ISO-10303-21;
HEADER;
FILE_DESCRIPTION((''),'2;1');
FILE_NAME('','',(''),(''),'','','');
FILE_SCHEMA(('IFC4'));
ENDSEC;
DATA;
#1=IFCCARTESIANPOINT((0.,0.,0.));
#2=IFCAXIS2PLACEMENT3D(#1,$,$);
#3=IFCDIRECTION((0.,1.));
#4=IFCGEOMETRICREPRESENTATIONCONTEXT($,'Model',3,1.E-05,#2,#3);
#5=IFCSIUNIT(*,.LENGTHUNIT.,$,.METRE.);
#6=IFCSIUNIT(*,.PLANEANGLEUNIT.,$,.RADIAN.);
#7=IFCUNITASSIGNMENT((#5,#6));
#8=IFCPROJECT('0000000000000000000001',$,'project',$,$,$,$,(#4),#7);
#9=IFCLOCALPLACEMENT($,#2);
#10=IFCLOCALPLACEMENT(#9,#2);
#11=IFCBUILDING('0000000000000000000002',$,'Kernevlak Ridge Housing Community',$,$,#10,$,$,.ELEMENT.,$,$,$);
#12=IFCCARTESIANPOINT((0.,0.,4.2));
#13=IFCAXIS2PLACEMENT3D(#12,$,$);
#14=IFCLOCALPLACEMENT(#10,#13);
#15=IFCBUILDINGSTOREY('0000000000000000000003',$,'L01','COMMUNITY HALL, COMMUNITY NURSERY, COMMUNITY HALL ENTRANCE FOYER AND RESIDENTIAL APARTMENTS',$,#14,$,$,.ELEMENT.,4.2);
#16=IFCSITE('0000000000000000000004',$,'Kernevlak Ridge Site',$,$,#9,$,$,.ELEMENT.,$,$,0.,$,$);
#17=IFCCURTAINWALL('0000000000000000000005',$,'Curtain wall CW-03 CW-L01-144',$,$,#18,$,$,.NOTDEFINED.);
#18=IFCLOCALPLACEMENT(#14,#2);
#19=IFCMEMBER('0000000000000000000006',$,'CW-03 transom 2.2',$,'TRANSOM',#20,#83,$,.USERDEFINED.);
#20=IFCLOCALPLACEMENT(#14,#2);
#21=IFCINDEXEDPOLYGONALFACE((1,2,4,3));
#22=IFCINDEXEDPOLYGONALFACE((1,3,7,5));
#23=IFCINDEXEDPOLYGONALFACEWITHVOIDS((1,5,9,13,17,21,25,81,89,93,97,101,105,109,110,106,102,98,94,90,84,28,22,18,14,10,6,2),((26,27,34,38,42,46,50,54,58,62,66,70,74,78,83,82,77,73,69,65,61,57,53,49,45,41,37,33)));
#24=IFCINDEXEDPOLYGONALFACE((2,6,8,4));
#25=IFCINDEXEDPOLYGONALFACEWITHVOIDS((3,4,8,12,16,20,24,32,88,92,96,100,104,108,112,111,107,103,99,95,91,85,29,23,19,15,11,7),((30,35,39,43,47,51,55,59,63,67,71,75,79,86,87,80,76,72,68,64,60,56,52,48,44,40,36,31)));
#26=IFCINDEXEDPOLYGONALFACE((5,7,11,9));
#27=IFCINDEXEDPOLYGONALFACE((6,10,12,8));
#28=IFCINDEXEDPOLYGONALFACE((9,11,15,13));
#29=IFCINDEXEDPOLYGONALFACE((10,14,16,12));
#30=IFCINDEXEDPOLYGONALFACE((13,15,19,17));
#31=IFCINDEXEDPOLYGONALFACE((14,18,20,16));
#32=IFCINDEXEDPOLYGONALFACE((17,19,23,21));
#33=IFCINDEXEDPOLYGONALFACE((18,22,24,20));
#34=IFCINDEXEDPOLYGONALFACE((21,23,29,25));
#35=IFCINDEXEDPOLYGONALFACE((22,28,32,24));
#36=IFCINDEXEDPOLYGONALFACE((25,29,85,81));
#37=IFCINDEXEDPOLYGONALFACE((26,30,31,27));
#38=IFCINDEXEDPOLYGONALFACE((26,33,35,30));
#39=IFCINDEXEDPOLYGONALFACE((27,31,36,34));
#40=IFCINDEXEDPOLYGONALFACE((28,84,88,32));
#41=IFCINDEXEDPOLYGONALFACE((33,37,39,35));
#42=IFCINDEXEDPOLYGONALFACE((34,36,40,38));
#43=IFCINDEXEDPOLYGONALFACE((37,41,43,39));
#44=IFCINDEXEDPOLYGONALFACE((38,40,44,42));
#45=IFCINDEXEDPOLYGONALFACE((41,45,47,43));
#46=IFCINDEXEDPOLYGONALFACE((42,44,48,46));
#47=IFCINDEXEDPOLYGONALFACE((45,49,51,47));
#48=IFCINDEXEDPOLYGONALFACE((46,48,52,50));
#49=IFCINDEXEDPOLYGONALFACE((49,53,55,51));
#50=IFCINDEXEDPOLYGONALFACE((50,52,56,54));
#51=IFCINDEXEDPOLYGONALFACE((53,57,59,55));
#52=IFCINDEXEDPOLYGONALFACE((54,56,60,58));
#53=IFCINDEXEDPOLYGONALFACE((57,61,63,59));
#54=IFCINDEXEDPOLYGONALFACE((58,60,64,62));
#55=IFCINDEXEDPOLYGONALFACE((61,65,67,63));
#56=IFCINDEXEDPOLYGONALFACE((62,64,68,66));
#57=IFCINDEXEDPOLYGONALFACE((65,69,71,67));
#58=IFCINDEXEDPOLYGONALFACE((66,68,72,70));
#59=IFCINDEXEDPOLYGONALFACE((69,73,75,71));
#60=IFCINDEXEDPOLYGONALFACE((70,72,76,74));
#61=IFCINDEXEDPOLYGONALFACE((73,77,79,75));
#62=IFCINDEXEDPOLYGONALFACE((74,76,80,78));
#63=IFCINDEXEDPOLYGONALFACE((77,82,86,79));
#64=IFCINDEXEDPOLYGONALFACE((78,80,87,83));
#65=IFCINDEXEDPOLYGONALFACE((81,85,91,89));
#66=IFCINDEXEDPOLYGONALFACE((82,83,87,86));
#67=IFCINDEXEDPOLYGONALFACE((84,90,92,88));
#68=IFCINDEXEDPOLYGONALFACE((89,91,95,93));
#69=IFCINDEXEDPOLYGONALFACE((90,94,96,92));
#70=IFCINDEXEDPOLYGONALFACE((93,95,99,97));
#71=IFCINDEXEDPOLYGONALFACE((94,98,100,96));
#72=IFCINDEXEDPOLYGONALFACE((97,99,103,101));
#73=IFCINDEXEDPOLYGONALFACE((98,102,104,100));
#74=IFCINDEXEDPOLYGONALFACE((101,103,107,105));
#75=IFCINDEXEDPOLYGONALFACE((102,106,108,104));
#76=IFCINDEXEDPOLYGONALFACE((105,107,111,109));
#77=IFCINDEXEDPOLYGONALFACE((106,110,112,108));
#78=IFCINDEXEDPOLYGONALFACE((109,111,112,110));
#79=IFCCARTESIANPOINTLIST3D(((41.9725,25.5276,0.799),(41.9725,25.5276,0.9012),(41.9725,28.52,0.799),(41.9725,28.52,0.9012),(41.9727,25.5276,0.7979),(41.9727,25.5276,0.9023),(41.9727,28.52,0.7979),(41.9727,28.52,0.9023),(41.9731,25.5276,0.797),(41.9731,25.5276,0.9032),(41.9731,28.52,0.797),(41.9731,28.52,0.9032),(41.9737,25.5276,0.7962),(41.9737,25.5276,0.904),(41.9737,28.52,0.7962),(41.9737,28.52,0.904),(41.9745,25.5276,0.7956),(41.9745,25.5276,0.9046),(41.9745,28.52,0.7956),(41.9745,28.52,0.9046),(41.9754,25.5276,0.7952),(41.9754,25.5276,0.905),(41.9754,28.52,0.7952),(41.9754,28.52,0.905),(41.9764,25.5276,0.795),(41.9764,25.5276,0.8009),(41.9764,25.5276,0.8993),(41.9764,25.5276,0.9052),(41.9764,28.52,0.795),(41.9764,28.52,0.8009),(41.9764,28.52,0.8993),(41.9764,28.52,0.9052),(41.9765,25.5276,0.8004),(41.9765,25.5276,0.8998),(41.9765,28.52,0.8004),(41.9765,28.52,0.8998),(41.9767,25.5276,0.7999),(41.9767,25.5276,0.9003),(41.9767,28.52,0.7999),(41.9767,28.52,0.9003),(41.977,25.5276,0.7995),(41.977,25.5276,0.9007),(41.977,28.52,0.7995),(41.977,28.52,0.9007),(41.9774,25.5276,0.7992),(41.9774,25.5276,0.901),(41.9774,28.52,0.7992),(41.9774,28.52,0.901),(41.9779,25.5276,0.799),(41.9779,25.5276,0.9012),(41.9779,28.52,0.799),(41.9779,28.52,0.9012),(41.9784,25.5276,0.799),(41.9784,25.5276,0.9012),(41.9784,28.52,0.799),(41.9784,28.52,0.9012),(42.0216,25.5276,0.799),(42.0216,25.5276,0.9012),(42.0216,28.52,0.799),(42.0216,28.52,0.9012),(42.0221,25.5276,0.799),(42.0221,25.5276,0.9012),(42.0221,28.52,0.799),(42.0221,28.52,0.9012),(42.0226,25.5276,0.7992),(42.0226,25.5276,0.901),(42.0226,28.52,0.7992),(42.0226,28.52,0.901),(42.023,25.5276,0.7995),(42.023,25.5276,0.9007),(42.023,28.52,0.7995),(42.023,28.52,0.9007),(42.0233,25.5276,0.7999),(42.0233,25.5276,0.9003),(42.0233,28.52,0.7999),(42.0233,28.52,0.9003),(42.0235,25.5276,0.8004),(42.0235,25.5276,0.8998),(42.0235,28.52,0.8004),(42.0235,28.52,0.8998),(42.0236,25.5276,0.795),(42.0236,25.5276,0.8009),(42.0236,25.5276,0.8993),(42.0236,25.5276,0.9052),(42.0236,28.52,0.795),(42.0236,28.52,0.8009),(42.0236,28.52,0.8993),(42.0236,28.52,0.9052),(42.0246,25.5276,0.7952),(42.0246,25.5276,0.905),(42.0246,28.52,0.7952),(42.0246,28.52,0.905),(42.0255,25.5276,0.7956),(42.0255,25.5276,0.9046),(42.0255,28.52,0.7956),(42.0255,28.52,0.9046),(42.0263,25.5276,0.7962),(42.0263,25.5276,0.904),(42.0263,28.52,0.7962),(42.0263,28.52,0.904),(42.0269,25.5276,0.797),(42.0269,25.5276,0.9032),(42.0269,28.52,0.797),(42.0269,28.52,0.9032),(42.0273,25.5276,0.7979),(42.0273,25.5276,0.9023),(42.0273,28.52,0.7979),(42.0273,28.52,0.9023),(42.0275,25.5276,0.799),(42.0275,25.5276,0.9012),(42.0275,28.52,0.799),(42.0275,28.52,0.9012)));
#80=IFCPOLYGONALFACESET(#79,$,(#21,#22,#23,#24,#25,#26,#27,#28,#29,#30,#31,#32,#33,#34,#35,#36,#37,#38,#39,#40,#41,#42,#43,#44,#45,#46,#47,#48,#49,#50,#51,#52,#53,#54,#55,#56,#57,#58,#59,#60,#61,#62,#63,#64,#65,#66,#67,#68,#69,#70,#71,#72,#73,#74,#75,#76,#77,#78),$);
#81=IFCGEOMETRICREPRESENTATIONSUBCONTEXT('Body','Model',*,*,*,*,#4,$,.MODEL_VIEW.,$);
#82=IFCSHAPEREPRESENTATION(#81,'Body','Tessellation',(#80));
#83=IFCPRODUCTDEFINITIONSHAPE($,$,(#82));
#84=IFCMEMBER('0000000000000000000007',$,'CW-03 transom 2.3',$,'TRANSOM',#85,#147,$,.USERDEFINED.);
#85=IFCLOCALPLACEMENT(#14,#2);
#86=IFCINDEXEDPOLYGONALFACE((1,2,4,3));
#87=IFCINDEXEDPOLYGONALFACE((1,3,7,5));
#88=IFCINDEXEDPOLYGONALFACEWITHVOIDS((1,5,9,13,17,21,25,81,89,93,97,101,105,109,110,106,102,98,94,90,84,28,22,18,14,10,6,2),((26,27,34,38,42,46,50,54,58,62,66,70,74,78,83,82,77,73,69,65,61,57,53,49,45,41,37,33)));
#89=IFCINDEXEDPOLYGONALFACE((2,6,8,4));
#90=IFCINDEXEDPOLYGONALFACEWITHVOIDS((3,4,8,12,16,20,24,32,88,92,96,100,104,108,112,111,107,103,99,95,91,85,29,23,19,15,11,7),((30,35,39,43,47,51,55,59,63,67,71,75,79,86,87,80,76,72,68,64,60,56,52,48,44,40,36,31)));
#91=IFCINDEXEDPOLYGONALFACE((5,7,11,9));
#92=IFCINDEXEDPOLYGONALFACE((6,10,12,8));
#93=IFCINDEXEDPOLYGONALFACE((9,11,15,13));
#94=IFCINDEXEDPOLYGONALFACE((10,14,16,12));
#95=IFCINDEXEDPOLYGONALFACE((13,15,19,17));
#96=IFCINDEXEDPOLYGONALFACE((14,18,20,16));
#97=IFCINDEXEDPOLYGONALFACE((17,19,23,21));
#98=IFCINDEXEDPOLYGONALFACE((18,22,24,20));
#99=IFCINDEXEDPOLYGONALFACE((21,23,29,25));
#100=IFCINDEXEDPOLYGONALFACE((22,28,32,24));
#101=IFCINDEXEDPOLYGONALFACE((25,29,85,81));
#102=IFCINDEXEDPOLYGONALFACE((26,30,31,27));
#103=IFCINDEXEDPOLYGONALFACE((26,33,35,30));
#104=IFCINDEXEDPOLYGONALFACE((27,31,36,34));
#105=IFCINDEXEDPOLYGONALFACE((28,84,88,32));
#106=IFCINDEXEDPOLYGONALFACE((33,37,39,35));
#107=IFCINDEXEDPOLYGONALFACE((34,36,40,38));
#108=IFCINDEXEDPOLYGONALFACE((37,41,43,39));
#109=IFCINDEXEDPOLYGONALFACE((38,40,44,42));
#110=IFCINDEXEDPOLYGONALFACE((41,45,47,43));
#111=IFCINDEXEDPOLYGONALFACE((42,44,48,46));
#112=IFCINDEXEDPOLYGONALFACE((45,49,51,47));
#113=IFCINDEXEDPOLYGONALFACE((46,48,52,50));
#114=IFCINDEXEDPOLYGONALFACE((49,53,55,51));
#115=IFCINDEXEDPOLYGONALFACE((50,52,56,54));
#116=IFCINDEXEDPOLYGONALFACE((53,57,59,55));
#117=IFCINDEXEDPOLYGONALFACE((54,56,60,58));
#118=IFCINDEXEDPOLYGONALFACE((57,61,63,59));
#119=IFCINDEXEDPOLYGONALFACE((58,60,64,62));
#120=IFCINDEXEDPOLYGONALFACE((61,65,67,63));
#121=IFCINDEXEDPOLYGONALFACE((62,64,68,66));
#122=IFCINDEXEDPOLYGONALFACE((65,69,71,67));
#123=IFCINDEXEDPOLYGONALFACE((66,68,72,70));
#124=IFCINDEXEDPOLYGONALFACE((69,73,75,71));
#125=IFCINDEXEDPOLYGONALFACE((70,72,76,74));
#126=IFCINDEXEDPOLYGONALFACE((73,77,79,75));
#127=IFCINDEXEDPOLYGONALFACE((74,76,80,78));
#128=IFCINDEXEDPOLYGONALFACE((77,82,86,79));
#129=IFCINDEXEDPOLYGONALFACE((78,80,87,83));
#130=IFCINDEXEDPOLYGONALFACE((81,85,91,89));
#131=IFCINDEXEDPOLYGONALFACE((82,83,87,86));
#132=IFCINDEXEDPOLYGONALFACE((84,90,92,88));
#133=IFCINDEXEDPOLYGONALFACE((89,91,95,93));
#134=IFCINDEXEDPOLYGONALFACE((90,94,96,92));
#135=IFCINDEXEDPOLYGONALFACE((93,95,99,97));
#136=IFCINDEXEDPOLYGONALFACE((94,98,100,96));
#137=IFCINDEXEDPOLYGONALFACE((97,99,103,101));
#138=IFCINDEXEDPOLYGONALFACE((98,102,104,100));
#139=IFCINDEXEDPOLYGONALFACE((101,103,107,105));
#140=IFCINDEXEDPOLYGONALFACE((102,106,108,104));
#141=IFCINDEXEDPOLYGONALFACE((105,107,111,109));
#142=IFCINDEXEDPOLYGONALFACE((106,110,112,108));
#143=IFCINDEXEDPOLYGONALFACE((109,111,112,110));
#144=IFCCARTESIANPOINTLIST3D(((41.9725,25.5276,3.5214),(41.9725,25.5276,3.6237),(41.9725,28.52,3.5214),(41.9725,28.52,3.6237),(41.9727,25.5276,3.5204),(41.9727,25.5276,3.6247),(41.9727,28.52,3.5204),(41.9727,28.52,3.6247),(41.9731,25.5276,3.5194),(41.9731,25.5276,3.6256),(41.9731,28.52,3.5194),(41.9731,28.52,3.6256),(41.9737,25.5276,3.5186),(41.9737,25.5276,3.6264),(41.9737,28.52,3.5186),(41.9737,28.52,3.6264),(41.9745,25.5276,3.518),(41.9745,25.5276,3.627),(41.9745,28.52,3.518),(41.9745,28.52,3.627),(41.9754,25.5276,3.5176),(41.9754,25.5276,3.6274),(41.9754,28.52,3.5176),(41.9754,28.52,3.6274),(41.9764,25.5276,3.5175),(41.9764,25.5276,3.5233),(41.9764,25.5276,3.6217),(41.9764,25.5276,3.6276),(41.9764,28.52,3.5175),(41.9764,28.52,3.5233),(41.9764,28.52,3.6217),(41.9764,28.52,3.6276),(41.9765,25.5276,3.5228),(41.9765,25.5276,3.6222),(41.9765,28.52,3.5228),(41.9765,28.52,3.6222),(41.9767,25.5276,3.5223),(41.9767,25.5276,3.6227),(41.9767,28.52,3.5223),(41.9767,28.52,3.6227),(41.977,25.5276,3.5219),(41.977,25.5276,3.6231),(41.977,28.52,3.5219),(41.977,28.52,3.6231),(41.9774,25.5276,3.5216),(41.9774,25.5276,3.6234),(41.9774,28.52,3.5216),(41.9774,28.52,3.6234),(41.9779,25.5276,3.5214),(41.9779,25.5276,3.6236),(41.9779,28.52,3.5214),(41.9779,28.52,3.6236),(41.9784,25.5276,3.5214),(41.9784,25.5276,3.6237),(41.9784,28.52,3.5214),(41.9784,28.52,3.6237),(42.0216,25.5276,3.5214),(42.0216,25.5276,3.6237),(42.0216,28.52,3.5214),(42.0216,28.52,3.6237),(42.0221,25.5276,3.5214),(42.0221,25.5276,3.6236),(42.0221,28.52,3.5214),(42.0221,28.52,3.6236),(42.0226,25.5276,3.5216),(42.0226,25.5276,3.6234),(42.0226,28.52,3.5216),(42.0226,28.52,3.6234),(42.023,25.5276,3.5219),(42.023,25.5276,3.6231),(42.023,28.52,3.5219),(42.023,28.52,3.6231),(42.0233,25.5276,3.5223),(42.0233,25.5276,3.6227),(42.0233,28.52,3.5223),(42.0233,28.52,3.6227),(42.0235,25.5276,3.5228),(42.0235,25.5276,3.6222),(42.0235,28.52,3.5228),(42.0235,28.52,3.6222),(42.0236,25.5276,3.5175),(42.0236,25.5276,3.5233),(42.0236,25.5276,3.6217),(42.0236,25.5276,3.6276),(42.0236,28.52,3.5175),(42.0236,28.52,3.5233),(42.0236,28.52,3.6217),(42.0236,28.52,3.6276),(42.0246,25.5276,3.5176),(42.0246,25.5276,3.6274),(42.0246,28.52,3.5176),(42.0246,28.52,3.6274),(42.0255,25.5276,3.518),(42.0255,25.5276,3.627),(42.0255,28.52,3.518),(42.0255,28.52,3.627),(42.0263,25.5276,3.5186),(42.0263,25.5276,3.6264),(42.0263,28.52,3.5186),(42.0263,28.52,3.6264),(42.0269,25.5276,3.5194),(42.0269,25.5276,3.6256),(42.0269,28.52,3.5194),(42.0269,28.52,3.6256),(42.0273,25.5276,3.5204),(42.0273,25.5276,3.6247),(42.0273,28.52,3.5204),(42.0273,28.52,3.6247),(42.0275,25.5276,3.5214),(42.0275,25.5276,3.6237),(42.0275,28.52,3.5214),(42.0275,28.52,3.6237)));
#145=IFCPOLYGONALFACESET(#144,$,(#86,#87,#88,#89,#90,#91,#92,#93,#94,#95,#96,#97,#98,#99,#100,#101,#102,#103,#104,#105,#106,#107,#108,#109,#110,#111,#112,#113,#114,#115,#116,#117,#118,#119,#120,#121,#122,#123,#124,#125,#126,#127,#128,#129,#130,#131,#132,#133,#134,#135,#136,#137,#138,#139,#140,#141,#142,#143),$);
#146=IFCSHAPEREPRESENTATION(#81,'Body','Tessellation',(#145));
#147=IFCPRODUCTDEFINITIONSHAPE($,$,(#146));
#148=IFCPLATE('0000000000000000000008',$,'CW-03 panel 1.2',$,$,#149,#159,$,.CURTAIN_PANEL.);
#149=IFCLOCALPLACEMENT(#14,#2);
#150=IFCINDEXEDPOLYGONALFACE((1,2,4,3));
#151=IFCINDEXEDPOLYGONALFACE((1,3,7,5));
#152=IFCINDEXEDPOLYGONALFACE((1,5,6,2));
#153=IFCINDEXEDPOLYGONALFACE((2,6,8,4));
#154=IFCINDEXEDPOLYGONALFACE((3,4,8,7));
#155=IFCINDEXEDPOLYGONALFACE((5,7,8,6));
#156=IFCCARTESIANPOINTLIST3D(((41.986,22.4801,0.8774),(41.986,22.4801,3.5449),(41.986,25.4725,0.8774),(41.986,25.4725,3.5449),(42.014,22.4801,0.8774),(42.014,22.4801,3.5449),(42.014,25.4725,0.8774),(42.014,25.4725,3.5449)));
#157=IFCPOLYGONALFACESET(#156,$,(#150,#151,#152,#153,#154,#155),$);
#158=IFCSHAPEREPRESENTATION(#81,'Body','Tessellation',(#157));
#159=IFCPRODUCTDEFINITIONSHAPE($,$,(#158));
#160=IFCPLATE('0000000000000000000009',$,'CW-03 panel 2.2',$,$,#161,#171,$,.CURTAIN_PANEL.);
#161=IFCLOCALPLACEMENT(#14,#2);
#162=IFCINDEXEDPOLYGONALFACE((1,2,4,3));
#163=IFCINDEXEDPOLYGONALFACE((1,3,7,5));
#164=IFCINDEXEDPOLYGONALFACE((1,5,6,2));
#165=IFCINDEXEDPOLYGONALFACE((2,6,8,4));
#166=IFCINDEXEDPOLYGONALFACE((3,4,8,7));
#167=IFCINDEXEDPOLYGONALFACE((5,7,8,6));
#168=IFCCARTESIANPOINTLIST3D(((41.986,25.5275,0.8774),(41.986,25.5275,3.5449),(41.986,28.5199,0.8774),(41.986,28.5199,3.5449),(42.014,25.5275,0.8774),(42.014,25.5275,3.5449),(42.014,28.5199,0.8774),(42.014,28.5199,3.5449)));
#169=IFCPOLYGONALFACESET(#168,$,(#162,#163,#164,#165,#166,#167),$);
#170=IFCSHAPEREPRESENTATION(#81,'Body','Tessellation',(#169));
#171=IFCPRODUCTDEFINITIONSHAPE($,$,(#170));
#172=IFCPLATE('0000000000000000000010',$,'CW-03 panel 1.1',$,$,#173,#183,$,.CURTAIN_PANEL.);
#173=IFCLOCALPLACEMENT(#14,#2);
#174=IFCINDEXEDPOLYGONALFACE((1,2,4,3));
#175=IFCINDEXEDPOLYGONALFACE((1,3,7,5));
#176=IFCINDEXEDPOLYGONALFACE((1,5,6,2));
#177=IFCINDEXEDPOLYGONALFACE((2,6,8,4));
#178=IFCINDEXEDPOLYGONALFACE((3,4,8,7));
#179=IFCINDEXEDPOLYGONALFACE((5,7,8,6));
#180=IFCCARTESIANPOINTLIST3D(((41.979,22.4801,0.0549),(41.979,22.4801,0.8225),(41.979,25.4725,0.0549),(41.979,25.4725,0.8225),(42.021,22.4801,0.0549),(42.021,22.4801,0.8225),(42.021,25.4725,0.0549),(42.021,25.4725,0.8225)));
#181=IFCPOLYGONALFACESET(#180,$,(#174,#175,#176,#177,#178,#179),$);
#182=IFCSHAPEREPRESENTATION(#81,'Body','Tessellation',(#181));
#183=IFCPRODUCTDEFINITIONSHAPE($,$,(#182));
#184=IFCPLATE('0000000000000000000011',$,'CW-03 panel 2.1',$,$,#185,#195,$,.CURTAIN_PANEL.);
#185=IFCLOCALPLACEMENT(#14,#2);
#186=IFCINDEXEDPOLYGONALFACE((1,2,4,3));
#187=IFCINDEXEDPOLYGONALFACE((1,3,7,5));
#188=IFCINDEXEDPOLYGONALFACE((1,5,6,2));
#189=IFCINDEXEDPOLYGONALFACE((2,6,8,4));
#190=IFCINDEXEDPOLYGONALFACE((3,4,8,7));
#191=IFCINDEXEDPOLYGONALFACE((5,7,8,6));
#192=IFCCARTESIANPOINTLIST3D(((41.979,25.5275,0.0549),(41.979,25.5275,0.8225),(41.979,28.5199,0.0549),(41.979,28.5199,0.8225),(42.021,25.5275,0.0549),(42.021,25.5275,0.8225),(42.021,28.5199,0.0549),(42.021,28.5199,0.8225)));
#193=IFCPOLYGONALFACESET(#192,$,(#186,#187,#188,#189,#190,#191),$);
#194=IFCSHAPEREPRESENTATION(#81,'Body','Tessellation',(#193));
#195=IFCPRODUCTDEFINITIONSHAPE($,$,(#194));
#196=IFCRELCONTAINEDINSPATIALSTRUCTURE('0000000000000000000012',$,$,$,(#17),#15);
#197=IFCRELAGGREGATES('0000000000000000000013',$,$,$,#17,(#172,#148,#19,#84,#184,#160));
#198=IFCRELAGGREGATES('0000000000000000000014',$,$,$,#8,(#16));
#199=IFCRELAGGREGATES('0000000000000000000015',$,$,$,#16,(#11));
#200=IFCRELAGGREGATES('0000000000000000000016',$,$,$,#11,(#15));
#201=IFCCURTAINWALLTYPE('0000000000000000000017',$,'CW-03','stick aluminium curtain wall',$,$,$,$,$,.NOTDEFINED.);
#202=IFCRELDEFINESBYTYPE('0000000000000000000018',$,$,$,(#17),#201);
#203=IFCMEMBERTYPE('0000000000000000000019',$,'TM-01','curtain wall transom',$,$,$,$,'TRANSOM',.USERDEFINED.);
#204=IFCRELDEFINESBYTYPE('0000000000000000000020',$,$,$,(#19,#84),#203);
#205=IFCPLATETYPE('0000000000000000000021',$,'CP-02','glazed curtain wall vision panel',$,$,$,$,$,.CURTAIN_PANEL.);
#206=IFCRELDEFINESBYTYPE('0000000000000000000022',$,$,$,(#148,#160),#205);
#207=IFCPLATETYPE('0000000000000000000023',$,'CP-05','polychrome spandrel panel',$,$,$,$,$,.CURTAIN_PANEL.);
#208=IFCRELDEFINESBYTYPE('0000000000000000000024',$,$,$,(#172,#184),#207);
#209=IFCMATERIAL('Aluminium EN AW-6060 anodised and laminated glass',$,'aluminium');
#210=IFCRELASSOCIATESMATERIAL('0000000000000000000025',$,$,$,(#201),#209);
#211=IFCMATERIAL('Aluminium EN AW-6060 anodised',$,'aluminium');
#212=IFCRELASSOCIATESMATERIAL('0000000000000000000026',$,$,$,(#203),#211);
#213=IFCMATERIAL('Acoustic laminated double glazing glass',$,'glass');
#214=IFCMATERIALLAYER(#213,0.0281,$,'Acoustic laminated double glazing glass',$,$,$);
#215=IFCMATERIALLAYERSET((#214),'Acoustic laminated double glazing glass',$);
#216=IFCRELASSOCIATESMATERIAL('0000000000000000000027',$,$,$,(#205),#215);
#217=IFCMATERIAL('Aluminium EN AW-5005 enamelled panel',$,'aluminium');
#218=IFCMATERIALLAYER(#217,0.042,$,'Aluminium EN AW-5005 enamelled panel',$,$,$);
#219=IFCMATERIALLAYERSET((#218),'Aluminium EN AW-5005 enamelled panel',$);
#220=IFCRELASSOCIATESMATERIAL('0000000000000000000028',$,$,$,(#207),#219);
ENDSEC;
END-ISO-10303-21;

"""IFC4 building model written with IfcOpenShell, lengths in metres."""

from ifc_helpers import new_model, si_unit, direction, frame, origin, origin_2d, place, context, subcontext, project, spatial, rectangle, hollow_rectangle, extrude, material, layer, layer_set, material_profile, profile_set, type_object, element, aggregate, save


model = new_model("IFC4")

# Units and contexts
model_context = context("Model", 3, precision=1e-05, world=origin(), true_north=direction((0.0, 1.0)))
body_context = subcontext(model_context, "Body", "Model", "MODEL_VIEW")
ifc_project = project(units=[si_unit("LENGTHUNIT", "METRE"), si_unit("PLANEANGLEUNIT", "RADIAN")], contexts=[model_context])

# Site, building, storey
site_placement = place(None, origin())
site = spatial("IfcSite", under=ifc_project, at=site_placement, Name="Kernevlak Ridge Site", CompositionType="ELEMENT", RefElevation=0.0)
building_placement = place(site_placement, origin())
building = spatial("IfcBuilding", under=site, at=building_placement, Name="Kernevlak Ridge Housing Community", CompositionType="ELEMENT")
storey_placement = place(building_placement, frame((0.0, 0.0, 4.2)))
storey = spatial("IfcBuildingStorey", under=building, at=storey_placement, Name="L01", Description="COMMUNITY HALL, COMMUNITY NURSERY, COMMUNITY HALL ENTRANCE FOYER AND RESIDENTIAL APARTMENTS", CompositionType="ELEMENT", Elevation=4.2)

# Curtain wall
ifc_material_1 = material(Name="Aluminium EN AW-6060 anodised and laminated glass", Category="aluminium")
curtain_wall_type = type_object("IfcCurtainWallType", Name="CW-03", Description="stick aluminium curtain wall", PredefinedType="NOTDEFINED", material=ifc_material_1)
curtain_wall_placement = place(storey_placement, origin())
curtain_wall = element("IfcCurtainWall", 1, at=curtain_wall_placement, inside=storey, type_object=curtain_wall_type, Name="Curtain wall CW-03 CW-L01-144", PredefinedType="NOTDEFINED")
ifc_material_2 = material(Name="Aluminium EN AW-6060 anodised", Category="aluminium")

# Members
ifc_material_profile_1 = material_profile(ifc_material_2, hollow_rectangle(XDim=0.0549, YDim=0.1101, WallThickness=0.0039, InnerFilletRadius=0.002, OuterFilletRadius=0.0039, at=origin_2d()), Name="ALU 55x110x4")
ifc_profile_set_1 = profile_set([ifc_material_profile_1], Name="Aluminium EN AW-6060 anodised")
member_type_1 = type_object("IfcMemberType", Name="TM-01", Description="curtain wall transom", ElementType="TRANSOM", PredefinedType="USERDEFINED", material=ifc_profile_set_1)
member_1_placement = place(storey_placement, frame((42.0, 25.5276, 0.8501), z_axis=(0.0, 1.0, 0.0), x_axis=(-1.0, 0.0, 0.0)))
member_1 = element("IfcMember", 2, at=member_1_placement, type_object=member_type_1, Name="CW-03 transom 2.2", ObjectType="TRANSOM", PredefinedType="USERDEFINED", context=body_context, shape_type="SweptSolid", body=[
    extrude(hollow_rectangle(XDim=0.0549, YDim=0.1101, WallThickness=0.0039, InnerFilletRadius=0.002, OuterFilletRadius=0.0039, at=origin_2d()), origin(), (0.0, 0.0, 1.0), 2.9924),
])
member_2_placement = place(storey_placement, frame((42.0, 25.5276, 3.5725), z_axis=(0.0, 1.0, 0.0), x_axis=(-1.0, 0.0, 0.0)))
member_2 = element("IfcMember", 3, at=member_2_placement, type_object=member_type_1, Name="CW-03 transom 2.3", ObjectType="TRANSOM", PredefinedType="USERDEFINED", context=body_context, shape_type="SweptSolid", body=[
    extrude(hollow_rectangle(XDim=0.0549, YDim=0.1101, WallThickness=0.0039, InnerFilletRadius=0.002, OuterFilletRadius=0.0039, at=origin_2d()), origin(), (0.0, 0.0, 1.0), 2.9924),
])

# Plates
ifc_material_3 = material(Name="Acoustic laminated double glazing glass", Category="glass")
ifc_layer_1 = layer(ifc_material_3, 0.0281, Name="Acoustic laminated double glazing glass")
ifc_layer_set_1 = layer_set([ifc_layer_1], Name="Acoustic laminated double glazing glass")
plate_type_1 = type_object("IfcPlateType", Name="CP-02", Description="glazed curtain wall vision panel", PredefinedType="CURTAIN_PANEL", material=ifc_layer_set_1)
plate_1_placement = place(storey_placement, frame((42.0, 23.9763, 0.8774), z_axis=(0.0, 0.0, 1.0), x_axis=(0.0, 1.0, 0.0)))
plate_1 = element("IfcPlate", 4, at=plate_1_placement, type_object=plate_type_1, Name="CW-03 panel 1.2", PredefinedType="CURTAIN_PANEL", context=body_context, shape_type="SweptSolid", body=[
    extrude(rectangle(XDim=2.9924, YDim=0.0281, at=origin_2d()), origin(), (0.0, 0.0, 1.0), 2.6675),
])
plate_2_placement = place(storey_placement, frame((42.0, 27.0237, 0.8774), z_axis=(0.0, 0.0, 1.0), x_axis=(0.0, 1.0, 0.0)))
plate_2 = element("IfcPlate", 5, at=plate_2_placement, type_object=plate_type_1, Name="CW-03 panel 2.2", PredefinedType="CURTAIN_PANEL", context=body_context, shape_type="SweptSolid", body=[
    extrude(rectangle(XDim=2.9924, YDim=0.0281, at=origin_2d()), origin(), (0.0, 0.0, 1.0), 2.6675),
])
ifc_material_4 = material(Name="Aluminium EN AW-5005 enamelled panel", Category="aluminium")
ifc_layer_2 = layer(ifc_material_4, 0.042, Name="Aluminium EN AW-5005 enamelled panel")
ifc_layer_set_2 = layer_set([ifc_layer_2], Name="Aluminium EN AW-5005 enamelled panel")
plate_type_2 = type_object("IfcPlateType", Name="CP-05", Description="polychrome spandrel panel", PredefinedType="CURTAIN_PANEL", material=ifc_layer_set_2)
plate_3_placement = place(storey_placement, frame((42.0, 23.9763, 0.0549), z_axis=(0.0, 0.0, 1.0), x_axis=(0.0, 1.0, 0.0)))
plate_3 = element("IfcPlate", 6, at=plate_3_placement, type_object=plate_type_2, Name="CW-03 panel 1.1", PredefinedType="CURTAIN_PANEL", context=body_context, shape_type="SweptSolid", body=[
    extrude(rectangle(XDim=2.9924, YDim=0.042, at=origin_2d()), origin(), (0.0, 0.0, 1.0), 0.7676),
])
plate_4_placement = place(storey_placement, frame((42.0, 27.0237, 0.0549), z_axis=(0.0, 0.0, 1.0), x_axis=(0.0, 1.0, 0.0)))
plate_4 = element("IfcPlate", 7, at=plate_4_placement, type_object=plate_type_2, Name="CW-03 panel 2.1", PredefinedType="CURTAIN_PANEL", context=body_context, shape_type="SweptSolid", body=[
    extrude(rectangle(XDim=2.9924, YDim=0.042, at=origin_2d()), origin(), (0.0, 0.0, 1.0), 0.7676),
])
aggregate(curtain_wall, [plate_3, plate_1, member_1, member_2, plate_4, plate_2])

save(model, "model.ifc")
